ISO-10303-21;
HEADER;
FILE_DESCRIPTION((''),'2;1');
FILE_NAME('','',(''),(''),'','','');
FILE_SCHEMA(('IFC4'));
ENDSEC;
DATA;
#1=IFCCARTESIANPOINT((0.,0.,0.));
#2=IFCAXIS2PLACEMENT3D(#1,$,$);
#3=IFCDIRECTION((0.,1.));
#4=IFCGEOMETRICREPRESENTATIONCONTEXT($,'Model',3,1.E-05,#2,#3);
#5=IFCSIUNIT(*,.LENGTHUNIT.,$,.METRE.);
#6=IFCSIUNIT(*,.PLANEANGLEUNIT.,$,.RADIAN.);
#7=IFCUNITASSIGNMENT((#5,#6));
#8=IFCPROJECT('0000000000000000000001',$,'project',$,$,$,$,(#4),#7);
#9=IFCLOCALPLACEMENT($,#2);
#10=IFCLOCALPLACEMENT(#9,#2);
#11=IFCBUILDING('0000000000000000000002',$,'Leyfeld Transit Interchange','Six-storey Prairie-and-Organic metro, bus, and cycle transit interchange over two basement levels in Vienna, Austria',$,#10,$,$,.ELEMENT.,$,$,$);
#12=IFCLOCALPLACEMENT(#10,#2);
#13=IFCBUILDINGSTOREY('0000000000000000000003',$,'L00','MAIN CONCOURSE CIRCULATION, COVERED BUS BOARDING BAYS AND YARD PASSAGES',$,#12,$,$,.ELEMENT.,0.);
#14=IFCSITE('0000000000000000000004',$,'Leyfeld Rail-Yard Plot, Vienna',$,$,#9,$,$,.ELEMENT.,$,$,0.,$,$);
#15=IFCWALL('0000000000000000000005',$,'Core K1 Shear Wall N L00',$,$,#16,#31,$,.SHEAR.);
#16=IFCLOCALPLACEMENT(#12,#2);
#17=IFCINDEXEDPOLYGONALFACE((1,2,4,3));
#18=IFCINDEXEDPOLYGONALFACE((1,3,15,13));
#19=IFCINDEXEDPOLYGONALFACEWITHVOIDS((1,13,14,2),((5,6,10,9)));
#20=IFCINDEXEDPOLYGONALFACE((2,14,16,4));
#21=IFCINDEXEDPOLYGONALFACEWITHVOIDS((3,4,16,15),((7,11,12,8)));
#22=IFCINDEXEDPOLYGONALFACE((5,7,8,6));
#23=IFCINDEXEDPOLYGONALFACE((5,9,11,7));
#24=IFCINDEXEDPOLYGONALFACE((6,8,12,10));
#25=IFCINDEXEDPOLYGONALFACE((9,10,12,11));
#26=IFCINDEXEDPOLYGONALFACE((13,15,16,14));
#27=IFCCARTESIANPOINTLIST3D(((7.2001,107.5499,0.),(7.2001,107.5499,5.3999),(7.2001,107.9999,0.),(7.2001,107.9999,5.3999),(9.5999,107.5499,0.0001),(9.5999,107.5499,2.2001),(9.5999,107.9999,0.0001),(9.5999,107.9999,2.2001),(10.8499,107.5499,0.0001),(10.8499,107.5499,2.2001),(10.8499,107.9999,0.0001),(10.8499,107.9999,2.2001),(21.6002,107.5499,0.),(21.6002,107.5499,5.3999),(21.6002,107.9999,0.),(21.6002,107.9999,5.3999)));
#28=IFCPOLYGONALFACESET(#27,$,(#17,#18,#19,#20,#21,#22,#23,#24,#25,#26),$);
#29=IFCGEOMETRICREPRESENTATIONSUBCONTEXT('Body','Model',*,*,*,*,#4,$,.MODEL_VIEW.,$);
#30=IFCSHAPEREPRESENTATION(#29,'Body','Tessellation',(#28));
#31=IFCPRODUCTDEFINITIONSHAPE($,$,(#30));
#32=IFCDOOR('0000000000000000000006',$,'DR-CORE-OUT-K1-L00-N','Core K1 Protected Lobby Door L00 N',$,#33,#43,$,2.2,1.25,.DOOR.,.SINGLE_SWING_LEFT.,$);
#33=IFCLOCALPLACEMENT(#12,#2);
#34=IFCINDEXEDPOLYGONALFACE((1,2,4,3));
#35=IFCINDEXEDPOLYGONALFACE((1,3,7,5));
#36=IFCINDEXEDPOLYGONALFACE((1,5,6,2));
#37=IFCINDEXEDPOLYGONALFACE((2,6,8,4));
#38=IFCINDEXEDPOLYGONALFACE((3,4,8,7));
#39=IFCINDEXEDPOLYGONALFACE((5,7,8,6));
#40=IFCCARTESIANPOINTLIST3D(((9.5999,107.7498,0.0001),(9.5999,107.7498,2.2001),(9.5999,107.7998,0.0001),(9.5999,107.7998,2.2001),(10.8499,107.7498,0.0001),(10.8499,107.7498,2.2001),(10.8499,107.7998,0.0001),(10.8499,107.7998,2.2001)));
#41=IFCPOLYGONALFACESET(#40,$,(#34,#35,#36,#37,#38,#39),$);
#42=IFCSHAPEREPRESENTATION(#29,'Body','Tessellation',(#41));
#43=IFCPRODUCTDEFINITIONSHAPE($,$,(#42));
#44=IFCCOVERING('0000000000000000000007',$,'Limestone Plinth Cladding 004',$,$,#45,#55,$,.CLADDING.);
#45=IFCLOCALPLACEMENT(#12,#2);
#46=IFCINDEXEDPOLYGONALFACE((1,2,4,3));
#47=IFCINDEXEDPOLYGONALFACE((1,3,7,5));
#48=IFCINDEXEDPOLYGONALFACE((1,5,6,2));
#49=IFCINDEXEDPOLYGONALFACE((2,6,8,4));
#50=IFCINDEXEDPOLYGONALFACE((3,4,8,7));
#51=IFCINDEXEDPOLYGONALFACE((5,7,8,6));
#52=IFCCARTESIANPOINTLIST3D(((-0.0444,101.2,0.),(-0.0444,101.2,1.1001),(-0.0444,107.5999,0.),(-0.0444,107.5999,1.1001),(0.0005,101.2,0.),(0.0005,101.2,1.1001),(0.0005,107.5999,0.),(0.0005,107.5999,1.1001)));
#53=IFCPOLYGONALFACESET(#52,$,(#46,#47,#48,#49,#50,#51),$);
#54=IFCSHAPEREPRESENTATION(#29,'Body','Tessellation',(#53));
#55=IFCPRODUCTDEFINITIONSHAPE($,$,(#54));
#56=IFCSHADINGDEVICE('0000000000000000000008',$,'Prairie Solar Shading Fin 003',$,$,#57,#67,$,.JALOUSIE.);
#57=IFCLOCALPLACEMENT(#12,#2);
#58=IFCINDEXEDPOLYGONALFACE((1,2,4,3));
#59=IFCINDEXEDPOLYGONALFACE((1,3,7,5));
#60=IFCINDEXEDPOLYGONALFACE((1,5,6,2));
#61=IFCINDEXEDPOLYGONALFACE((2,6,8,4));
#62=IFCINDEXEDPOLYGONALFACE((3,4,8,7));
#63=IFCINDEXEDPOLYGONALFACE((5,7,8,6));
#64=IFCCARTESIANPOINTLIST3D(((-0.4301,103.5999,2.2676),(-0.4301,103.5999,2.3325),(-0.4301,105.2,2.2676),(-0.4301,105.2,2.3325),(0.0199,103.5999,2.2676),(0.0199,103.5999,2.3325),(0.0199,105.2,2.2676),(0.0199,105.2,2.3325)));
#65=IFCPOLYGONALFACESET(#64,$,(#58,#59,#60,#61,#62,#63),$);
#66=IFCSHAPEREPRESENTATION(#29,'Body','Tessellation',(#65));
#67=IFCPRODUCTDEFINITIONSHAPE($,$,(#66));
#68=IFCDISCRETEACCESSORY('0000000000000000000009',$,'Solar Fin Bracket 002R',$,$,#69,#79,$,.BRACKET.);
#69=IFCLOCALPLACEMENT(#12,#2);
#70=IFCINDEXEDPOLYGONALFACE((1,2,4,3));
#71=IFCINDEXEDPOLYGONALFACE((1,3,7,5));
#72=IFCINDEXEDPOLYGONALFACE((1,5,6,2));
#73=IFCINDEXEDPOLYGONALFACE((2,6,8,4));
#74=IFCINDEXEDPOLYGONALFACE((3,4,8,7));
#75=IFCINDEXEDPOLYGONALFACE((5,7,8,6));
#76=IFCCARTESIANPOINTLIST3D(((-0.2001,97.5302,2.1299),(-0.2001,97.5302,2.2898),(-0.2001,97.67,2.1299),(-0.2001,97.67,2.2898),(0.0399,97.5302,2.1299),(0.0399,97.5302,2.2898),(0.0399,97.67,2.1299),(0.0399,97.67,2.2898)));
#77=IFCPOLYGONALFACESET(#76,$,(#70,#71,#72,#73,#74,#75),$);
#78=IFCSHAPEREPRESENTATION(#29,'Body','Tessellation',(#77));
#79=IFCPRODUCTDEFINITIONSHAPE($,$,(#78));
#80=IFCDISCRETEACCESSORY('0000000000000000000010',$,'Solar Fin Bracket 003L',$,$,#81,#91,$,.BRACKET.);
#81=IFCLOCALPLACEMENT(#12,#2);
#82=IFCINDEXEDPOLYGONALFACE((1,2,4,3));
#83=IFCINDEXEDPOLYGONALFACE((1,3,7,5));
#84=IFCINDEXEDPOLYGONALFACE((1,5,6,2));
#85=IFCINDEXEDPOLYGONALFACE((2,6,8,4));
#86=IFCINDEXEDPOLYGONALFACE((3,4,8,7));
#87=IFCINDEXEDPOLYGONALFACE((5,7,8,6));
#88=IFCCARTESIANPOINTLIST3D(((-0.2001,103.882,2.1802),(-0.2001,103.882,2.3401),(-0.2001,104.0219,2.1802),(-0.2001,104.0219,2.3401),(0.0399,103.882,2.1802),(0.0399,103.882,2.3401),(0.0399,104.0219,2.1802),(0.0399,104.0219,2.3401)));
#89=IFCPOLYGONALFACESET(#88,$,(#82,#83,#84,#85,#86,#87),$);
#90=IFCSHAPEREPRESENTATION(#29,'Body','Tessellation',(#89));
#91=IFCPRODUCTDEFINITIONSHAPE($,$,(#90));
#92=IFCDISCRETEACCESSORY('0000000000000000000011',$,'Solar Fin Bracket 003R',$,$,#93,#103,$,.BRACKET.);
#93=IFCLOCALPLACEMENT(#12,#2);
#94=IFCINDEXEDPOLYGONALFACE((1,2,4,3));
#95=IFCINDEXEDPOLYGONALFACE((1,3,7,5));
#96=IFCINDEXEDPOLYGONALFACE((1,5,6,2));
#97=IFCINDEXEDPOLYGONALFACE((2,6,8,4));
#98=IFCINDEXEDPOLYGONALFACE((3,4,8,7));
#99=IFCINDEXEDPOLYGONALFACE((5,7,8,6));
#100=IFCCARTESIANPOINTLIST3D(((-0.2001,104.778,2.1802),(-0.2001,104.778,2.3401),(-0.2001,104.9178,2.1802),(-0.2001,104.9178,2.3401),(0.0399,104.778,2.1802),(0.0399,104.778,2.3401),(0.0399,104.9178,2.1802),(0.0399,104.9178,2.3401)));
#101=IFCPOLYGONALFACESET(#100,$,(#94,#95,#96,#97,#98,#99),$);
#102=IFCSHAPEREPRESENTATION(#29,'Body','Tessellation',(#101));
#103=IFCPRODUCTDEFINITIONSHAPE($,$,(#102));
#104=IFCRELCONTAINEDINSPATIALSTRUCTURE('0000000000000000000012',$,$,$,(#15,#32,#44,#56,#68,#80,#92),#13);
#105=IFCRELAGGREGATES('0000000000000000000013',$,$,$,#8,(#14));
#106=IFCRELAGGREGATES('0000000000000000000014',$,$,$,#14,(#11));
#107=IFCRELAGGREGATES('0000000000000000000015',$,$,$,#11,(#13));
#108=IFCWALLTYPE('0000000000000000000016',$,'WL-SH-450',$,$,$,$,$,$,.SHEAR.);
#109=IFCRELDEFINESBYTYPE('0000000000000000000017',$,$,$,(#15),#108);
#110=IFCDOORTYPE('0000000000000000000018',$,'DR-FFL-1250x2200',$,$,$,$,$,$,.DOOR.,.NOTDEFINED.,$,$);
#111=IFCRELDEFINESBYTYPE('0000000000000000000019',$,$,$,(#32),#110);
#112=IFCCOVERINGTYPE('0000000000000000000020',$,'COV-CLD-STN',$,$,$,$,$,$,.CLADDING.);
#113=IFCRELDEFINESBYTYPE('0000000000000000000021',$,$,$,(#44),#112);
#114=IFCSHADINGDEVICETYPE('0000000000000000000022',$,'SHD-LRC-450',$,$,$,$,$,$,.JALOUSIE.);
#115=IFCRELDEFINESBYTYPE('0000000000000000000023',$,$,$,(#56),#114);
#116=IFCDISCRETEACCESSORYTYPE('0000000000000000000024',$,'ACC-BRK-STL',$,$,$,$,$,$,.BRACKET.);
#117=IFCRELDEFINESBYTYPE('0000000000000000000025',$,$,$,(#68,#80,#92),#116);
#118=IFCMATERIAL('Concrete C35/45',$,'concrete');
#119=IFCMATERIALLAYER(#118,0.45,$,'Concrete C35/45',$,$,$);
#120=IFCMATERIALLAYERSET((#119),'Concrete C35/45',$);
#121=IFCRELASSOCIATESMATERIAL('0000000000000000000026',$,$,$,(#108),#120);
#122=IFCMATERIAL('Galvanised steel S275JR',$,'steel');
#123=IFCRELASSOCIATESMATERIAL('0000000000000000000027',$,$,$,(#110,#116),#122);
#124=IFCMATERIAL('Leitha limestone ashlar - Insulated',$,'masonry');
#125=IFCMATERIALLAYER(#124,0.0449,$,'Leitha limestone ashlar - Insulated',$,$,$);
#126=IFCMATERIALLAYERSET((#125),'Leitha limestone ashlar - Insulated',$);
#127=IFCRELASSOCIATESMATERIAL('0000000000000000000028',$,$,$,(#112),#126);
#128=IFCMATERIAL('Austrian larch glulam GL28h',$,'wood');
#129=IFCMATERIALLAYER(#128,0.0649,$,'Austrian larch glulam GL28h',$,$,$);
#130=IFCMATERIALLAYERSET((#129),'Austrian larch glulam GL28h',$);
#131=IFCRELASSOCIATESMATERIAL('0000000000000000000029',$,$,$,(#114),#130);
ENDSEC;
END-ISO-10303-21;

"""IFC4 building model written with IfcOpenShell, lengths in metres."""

from ifc_helpers import new_model, si_unit, direction, frame, frame_2d, origin, origin_2d, place, context, subcontext, project, spatial, rectangle, extrude, material, layer, layer_set, type_object, element, fill, save


model = new_model("IFC4")

# Units and contexts
model_context = context("Model", 3, precision=1e-05, world=origin(), true_north=direction((0.0, 1.0)))
body_context = subcontext(model_context, "Body", "Model", "MODEL_VIEW")
ifc_project = project(units=[si_unit("LENGTHUNIT", "METRE"), si_unit("PLANEANGLEUNIT", "RADIAN")], contexts=[model_context])

# Site, building, storey
site_placement = place(None, origin())
site = spatial("IfcSite", under=ifc_project, at=site_placement, Name="Leyfeld Rail-Yard Plot, Vienna", CompositionType="ELEMENT", RefElevation=0.0)
building_placement = place(site_placement, origin())
building = spatial("IfcBuilding", under=site, at=building_placement, Name="Leyfeld Transit Interchange", Description="Six-storey Prairie-and-Organic metro, bus, and cycle transit interchange over two basement levels in Vienna, Austria", CompositionType="ELEMENT")
storey_placement = place(building_placement, origin())
storey = spatial("IfcBuildingStorey", under=building, at=storey_placement, Name="L00", Description="MAIN CONCOURSE CIRCULATION, COVERED BUS BOARDING BAYS AND YARD PASSAGES", CompositionType="ELEMENT", Elevation=0.0)

# Shared definitions
ifc_material_1 = material(Name="Concrete C35/45", Category="concrete")

# Shared definitions
ifc_material_2 = material(Name="Austrian larch glulam GL28h", Category="wood")

# Wall, opening, door
ifc_layer_1 = layer(ifc_material_1, 0.45, Name="Concrete C35/45")
ifc_layer_set_1 = layer_set([ifc_layer_1], Name="Concrete C35/45")
wall_type_1 = type_object("IfcWallType", Name="WL-SH-450", PredefinedType="SHEAR", material=ifc_layer_set_1)
wall_1_placement = place(storey_placement, frame((7.2, 107.7749, 0.0), z_axis=(0.0, 0.0, 1.0), x_axis=(1.0, 0.0, 0.0)))
wall_1 = element("IfcWall", 1, at=wall_1_placement, inside=storey, type_object=wall_type_1, Name="Core K1 Shear Wall N L00", PredefinedType="SHEAR", context=body_context, shape_type="SweptSolid", body=[
    extrude(rectangle(XDim=14.4001, YDim=0.45, at=frame_2d((7.2002, 0.0))), origin(), (0.0, 0.0, 1.0), 5.3999),
])
opening_1_placement = place(wall_1_placement, frame((2.3999, 0.0, 0.0)))
opening_1 = element("IfcOpeningElement", 2, at=opening_1_placement, cuts=wall_1, PredefinedType="OPENING", context=body_context, shape_type="SweptSolid", body=[
    extrude(rectangle(XDim=1.25, YDim=2.2, at=frame_2d((0.625, 1.1001))), frame((0.0, 0.2349, 0.0), z_axis=(0.0, -1.0, 0.0), x_axis=(1.0, 0.0, 0.0)), (0.0, 0.0, 1.0), 0.47),
])
ifc_material_3 = material(Name="Galvanised steel S275JR", Category="steel")
door_type_1 = type_object("IfcDoorType", Name="DR-FFL-1250x2200", OperationType="NOTDEFINED", PredefinedType="DOOR", material=ifc_material_3)
door_1_placement = place(opening_1_placement, origin())
door_1 = element("IfcDoor", 3, at=door_1_placement, inside=storey, type_object=door_type_1, Name="DR-CORE-OUT-K1-L00-N", Description="Core K1 Protected Lobby Door L00 N", OperationType="SINGLE_SWING_LEFT", OverallHeight=2.2, OverallWidth=1.25, PredefinedType="DOOR", context=body_context, shape_type="SweptSolid", body=[
    extrude(rectangle(XDim=1.25, YDim=2.2, at=frame_2d((0.625, 1.1001))), frame((0.0, 0.0249, 0.0), z_axis=(0.0, -1.0, 0.0), x_axis=(1.0, 0.0, 0.0)), (0.0, 0.0, 1.0), 0.05),
])
fill(opening_1, door_1)

# Covering
ifc_material_4 = material(Name="Leitha limestone ashlar - Insulated", Category="masonry")
ifc_layer_2 = layer(ifc_material_4, 0.0449, Name="Leitha limestone ashlar - Insulated")
ifc_layer_set_2 = layer_set([ifc_layer_2], Name="Leitha limestone ashlar - Insulated")
covering_type = type_object("IfcCoveringType", Name="COV-CLD-STN", PredefinedType="CLADDING", material=ifc_layer_set_2)
covering_placement = place(storey_placement, frame((-0.022, 104.3999, 0.0), z_axis=(0.0, 0.0, 1.0), x_axis=(0.0, 1.0, 0.0)))
element("IfcCovering", 4, at=covering_placement, inside=storey, type_object=covering_type, Name="Limestone Plinth Cladding 004", PredefinedType="CLADDING", context=body_context, shape_type="SweptSolid", body=[
    extrude(rectangle(XDim=6.3999, YDim=0.0449, at=origin_2d()), origin(), (0.0, 0.0, 1.0), 1.1001),
])

# Shading device
ifc_layer_3 = layer(ifc_material_2, 0.0649, Name="Austrian larch glulam GL28h")
ifc_layer_set_3 = layer_set([ifc_layer_3], Name="Austrian larch glulam GL28h")
shading_device_type = type_object("IfcShadingDeviceType", Name="SHD-LRC-450", PredefinedType="JALOUSIE", material=ifc_layer_set_3)
shading_device_placement = place(storey_placement, frame((-0.2051, 104.3999, 2.2676), z_axis=(0.0, 0.0, 1.0), x_axis=(0.0, 1.0, 0.0)))
element("IfcShadingDevice", 5, at=shading_device_placement, inside=storey, type_object=shading_device_type, Name="Prairie Solar Shading Fin 003", PredefinedType="JALOUSIE", context=body_context, shape_type="SweptSolid", body=[
    extrude(rectangle(XDim=1.6001, YDim=0.45, at=origin_2d()), origin(), (0.0, 0.0, 1.0), 0.0649),
])

# Discrete accessories
discrete_accessory_type = type_object("IfcDiscreteAccessoryType", Name="ACC-BRK-STL", PredefinedType="BRACKET", material=ifc_material_3)
for number, where, z_axis, x_axis, name in (
    (6, (-0.0801, 97.6001, 2.1299), (0.0, 0.0, 1.0), (0.0, 1.0, 0.0), "Solar Fin Bracket 002R"),
    (7, (-0.0801, 103.9519, 2.1802), (0.0, 0.0, 1.0), (0.0, 1.0, 0.0), "Solar Fin Bracket 003L"),
    (8, (-0.0801, 104.8479, 2.1802), (0.0, 0.0, 1.0), (0.0, 1.0, 0.0), "Solar Fin Bracket 003R"),
):
    element("IfcDiscreteAccessory", number, at=place(storey_placement, frame(where, z_axis=z_axis, x_axis=x_axis)), inside=storey, type_object=discrete_accessory_type, Name=name, PredefinedType="BRACKET", context=body_context, shape_type="SweptSolid", body=[
        extrude(rectangle(XDim=0.1399, YDim=0.24, at=origin_2d()), origin(), (0.0, 0.0, 1.0), 0.1599),
    ])

save(model, "model.ifc")
